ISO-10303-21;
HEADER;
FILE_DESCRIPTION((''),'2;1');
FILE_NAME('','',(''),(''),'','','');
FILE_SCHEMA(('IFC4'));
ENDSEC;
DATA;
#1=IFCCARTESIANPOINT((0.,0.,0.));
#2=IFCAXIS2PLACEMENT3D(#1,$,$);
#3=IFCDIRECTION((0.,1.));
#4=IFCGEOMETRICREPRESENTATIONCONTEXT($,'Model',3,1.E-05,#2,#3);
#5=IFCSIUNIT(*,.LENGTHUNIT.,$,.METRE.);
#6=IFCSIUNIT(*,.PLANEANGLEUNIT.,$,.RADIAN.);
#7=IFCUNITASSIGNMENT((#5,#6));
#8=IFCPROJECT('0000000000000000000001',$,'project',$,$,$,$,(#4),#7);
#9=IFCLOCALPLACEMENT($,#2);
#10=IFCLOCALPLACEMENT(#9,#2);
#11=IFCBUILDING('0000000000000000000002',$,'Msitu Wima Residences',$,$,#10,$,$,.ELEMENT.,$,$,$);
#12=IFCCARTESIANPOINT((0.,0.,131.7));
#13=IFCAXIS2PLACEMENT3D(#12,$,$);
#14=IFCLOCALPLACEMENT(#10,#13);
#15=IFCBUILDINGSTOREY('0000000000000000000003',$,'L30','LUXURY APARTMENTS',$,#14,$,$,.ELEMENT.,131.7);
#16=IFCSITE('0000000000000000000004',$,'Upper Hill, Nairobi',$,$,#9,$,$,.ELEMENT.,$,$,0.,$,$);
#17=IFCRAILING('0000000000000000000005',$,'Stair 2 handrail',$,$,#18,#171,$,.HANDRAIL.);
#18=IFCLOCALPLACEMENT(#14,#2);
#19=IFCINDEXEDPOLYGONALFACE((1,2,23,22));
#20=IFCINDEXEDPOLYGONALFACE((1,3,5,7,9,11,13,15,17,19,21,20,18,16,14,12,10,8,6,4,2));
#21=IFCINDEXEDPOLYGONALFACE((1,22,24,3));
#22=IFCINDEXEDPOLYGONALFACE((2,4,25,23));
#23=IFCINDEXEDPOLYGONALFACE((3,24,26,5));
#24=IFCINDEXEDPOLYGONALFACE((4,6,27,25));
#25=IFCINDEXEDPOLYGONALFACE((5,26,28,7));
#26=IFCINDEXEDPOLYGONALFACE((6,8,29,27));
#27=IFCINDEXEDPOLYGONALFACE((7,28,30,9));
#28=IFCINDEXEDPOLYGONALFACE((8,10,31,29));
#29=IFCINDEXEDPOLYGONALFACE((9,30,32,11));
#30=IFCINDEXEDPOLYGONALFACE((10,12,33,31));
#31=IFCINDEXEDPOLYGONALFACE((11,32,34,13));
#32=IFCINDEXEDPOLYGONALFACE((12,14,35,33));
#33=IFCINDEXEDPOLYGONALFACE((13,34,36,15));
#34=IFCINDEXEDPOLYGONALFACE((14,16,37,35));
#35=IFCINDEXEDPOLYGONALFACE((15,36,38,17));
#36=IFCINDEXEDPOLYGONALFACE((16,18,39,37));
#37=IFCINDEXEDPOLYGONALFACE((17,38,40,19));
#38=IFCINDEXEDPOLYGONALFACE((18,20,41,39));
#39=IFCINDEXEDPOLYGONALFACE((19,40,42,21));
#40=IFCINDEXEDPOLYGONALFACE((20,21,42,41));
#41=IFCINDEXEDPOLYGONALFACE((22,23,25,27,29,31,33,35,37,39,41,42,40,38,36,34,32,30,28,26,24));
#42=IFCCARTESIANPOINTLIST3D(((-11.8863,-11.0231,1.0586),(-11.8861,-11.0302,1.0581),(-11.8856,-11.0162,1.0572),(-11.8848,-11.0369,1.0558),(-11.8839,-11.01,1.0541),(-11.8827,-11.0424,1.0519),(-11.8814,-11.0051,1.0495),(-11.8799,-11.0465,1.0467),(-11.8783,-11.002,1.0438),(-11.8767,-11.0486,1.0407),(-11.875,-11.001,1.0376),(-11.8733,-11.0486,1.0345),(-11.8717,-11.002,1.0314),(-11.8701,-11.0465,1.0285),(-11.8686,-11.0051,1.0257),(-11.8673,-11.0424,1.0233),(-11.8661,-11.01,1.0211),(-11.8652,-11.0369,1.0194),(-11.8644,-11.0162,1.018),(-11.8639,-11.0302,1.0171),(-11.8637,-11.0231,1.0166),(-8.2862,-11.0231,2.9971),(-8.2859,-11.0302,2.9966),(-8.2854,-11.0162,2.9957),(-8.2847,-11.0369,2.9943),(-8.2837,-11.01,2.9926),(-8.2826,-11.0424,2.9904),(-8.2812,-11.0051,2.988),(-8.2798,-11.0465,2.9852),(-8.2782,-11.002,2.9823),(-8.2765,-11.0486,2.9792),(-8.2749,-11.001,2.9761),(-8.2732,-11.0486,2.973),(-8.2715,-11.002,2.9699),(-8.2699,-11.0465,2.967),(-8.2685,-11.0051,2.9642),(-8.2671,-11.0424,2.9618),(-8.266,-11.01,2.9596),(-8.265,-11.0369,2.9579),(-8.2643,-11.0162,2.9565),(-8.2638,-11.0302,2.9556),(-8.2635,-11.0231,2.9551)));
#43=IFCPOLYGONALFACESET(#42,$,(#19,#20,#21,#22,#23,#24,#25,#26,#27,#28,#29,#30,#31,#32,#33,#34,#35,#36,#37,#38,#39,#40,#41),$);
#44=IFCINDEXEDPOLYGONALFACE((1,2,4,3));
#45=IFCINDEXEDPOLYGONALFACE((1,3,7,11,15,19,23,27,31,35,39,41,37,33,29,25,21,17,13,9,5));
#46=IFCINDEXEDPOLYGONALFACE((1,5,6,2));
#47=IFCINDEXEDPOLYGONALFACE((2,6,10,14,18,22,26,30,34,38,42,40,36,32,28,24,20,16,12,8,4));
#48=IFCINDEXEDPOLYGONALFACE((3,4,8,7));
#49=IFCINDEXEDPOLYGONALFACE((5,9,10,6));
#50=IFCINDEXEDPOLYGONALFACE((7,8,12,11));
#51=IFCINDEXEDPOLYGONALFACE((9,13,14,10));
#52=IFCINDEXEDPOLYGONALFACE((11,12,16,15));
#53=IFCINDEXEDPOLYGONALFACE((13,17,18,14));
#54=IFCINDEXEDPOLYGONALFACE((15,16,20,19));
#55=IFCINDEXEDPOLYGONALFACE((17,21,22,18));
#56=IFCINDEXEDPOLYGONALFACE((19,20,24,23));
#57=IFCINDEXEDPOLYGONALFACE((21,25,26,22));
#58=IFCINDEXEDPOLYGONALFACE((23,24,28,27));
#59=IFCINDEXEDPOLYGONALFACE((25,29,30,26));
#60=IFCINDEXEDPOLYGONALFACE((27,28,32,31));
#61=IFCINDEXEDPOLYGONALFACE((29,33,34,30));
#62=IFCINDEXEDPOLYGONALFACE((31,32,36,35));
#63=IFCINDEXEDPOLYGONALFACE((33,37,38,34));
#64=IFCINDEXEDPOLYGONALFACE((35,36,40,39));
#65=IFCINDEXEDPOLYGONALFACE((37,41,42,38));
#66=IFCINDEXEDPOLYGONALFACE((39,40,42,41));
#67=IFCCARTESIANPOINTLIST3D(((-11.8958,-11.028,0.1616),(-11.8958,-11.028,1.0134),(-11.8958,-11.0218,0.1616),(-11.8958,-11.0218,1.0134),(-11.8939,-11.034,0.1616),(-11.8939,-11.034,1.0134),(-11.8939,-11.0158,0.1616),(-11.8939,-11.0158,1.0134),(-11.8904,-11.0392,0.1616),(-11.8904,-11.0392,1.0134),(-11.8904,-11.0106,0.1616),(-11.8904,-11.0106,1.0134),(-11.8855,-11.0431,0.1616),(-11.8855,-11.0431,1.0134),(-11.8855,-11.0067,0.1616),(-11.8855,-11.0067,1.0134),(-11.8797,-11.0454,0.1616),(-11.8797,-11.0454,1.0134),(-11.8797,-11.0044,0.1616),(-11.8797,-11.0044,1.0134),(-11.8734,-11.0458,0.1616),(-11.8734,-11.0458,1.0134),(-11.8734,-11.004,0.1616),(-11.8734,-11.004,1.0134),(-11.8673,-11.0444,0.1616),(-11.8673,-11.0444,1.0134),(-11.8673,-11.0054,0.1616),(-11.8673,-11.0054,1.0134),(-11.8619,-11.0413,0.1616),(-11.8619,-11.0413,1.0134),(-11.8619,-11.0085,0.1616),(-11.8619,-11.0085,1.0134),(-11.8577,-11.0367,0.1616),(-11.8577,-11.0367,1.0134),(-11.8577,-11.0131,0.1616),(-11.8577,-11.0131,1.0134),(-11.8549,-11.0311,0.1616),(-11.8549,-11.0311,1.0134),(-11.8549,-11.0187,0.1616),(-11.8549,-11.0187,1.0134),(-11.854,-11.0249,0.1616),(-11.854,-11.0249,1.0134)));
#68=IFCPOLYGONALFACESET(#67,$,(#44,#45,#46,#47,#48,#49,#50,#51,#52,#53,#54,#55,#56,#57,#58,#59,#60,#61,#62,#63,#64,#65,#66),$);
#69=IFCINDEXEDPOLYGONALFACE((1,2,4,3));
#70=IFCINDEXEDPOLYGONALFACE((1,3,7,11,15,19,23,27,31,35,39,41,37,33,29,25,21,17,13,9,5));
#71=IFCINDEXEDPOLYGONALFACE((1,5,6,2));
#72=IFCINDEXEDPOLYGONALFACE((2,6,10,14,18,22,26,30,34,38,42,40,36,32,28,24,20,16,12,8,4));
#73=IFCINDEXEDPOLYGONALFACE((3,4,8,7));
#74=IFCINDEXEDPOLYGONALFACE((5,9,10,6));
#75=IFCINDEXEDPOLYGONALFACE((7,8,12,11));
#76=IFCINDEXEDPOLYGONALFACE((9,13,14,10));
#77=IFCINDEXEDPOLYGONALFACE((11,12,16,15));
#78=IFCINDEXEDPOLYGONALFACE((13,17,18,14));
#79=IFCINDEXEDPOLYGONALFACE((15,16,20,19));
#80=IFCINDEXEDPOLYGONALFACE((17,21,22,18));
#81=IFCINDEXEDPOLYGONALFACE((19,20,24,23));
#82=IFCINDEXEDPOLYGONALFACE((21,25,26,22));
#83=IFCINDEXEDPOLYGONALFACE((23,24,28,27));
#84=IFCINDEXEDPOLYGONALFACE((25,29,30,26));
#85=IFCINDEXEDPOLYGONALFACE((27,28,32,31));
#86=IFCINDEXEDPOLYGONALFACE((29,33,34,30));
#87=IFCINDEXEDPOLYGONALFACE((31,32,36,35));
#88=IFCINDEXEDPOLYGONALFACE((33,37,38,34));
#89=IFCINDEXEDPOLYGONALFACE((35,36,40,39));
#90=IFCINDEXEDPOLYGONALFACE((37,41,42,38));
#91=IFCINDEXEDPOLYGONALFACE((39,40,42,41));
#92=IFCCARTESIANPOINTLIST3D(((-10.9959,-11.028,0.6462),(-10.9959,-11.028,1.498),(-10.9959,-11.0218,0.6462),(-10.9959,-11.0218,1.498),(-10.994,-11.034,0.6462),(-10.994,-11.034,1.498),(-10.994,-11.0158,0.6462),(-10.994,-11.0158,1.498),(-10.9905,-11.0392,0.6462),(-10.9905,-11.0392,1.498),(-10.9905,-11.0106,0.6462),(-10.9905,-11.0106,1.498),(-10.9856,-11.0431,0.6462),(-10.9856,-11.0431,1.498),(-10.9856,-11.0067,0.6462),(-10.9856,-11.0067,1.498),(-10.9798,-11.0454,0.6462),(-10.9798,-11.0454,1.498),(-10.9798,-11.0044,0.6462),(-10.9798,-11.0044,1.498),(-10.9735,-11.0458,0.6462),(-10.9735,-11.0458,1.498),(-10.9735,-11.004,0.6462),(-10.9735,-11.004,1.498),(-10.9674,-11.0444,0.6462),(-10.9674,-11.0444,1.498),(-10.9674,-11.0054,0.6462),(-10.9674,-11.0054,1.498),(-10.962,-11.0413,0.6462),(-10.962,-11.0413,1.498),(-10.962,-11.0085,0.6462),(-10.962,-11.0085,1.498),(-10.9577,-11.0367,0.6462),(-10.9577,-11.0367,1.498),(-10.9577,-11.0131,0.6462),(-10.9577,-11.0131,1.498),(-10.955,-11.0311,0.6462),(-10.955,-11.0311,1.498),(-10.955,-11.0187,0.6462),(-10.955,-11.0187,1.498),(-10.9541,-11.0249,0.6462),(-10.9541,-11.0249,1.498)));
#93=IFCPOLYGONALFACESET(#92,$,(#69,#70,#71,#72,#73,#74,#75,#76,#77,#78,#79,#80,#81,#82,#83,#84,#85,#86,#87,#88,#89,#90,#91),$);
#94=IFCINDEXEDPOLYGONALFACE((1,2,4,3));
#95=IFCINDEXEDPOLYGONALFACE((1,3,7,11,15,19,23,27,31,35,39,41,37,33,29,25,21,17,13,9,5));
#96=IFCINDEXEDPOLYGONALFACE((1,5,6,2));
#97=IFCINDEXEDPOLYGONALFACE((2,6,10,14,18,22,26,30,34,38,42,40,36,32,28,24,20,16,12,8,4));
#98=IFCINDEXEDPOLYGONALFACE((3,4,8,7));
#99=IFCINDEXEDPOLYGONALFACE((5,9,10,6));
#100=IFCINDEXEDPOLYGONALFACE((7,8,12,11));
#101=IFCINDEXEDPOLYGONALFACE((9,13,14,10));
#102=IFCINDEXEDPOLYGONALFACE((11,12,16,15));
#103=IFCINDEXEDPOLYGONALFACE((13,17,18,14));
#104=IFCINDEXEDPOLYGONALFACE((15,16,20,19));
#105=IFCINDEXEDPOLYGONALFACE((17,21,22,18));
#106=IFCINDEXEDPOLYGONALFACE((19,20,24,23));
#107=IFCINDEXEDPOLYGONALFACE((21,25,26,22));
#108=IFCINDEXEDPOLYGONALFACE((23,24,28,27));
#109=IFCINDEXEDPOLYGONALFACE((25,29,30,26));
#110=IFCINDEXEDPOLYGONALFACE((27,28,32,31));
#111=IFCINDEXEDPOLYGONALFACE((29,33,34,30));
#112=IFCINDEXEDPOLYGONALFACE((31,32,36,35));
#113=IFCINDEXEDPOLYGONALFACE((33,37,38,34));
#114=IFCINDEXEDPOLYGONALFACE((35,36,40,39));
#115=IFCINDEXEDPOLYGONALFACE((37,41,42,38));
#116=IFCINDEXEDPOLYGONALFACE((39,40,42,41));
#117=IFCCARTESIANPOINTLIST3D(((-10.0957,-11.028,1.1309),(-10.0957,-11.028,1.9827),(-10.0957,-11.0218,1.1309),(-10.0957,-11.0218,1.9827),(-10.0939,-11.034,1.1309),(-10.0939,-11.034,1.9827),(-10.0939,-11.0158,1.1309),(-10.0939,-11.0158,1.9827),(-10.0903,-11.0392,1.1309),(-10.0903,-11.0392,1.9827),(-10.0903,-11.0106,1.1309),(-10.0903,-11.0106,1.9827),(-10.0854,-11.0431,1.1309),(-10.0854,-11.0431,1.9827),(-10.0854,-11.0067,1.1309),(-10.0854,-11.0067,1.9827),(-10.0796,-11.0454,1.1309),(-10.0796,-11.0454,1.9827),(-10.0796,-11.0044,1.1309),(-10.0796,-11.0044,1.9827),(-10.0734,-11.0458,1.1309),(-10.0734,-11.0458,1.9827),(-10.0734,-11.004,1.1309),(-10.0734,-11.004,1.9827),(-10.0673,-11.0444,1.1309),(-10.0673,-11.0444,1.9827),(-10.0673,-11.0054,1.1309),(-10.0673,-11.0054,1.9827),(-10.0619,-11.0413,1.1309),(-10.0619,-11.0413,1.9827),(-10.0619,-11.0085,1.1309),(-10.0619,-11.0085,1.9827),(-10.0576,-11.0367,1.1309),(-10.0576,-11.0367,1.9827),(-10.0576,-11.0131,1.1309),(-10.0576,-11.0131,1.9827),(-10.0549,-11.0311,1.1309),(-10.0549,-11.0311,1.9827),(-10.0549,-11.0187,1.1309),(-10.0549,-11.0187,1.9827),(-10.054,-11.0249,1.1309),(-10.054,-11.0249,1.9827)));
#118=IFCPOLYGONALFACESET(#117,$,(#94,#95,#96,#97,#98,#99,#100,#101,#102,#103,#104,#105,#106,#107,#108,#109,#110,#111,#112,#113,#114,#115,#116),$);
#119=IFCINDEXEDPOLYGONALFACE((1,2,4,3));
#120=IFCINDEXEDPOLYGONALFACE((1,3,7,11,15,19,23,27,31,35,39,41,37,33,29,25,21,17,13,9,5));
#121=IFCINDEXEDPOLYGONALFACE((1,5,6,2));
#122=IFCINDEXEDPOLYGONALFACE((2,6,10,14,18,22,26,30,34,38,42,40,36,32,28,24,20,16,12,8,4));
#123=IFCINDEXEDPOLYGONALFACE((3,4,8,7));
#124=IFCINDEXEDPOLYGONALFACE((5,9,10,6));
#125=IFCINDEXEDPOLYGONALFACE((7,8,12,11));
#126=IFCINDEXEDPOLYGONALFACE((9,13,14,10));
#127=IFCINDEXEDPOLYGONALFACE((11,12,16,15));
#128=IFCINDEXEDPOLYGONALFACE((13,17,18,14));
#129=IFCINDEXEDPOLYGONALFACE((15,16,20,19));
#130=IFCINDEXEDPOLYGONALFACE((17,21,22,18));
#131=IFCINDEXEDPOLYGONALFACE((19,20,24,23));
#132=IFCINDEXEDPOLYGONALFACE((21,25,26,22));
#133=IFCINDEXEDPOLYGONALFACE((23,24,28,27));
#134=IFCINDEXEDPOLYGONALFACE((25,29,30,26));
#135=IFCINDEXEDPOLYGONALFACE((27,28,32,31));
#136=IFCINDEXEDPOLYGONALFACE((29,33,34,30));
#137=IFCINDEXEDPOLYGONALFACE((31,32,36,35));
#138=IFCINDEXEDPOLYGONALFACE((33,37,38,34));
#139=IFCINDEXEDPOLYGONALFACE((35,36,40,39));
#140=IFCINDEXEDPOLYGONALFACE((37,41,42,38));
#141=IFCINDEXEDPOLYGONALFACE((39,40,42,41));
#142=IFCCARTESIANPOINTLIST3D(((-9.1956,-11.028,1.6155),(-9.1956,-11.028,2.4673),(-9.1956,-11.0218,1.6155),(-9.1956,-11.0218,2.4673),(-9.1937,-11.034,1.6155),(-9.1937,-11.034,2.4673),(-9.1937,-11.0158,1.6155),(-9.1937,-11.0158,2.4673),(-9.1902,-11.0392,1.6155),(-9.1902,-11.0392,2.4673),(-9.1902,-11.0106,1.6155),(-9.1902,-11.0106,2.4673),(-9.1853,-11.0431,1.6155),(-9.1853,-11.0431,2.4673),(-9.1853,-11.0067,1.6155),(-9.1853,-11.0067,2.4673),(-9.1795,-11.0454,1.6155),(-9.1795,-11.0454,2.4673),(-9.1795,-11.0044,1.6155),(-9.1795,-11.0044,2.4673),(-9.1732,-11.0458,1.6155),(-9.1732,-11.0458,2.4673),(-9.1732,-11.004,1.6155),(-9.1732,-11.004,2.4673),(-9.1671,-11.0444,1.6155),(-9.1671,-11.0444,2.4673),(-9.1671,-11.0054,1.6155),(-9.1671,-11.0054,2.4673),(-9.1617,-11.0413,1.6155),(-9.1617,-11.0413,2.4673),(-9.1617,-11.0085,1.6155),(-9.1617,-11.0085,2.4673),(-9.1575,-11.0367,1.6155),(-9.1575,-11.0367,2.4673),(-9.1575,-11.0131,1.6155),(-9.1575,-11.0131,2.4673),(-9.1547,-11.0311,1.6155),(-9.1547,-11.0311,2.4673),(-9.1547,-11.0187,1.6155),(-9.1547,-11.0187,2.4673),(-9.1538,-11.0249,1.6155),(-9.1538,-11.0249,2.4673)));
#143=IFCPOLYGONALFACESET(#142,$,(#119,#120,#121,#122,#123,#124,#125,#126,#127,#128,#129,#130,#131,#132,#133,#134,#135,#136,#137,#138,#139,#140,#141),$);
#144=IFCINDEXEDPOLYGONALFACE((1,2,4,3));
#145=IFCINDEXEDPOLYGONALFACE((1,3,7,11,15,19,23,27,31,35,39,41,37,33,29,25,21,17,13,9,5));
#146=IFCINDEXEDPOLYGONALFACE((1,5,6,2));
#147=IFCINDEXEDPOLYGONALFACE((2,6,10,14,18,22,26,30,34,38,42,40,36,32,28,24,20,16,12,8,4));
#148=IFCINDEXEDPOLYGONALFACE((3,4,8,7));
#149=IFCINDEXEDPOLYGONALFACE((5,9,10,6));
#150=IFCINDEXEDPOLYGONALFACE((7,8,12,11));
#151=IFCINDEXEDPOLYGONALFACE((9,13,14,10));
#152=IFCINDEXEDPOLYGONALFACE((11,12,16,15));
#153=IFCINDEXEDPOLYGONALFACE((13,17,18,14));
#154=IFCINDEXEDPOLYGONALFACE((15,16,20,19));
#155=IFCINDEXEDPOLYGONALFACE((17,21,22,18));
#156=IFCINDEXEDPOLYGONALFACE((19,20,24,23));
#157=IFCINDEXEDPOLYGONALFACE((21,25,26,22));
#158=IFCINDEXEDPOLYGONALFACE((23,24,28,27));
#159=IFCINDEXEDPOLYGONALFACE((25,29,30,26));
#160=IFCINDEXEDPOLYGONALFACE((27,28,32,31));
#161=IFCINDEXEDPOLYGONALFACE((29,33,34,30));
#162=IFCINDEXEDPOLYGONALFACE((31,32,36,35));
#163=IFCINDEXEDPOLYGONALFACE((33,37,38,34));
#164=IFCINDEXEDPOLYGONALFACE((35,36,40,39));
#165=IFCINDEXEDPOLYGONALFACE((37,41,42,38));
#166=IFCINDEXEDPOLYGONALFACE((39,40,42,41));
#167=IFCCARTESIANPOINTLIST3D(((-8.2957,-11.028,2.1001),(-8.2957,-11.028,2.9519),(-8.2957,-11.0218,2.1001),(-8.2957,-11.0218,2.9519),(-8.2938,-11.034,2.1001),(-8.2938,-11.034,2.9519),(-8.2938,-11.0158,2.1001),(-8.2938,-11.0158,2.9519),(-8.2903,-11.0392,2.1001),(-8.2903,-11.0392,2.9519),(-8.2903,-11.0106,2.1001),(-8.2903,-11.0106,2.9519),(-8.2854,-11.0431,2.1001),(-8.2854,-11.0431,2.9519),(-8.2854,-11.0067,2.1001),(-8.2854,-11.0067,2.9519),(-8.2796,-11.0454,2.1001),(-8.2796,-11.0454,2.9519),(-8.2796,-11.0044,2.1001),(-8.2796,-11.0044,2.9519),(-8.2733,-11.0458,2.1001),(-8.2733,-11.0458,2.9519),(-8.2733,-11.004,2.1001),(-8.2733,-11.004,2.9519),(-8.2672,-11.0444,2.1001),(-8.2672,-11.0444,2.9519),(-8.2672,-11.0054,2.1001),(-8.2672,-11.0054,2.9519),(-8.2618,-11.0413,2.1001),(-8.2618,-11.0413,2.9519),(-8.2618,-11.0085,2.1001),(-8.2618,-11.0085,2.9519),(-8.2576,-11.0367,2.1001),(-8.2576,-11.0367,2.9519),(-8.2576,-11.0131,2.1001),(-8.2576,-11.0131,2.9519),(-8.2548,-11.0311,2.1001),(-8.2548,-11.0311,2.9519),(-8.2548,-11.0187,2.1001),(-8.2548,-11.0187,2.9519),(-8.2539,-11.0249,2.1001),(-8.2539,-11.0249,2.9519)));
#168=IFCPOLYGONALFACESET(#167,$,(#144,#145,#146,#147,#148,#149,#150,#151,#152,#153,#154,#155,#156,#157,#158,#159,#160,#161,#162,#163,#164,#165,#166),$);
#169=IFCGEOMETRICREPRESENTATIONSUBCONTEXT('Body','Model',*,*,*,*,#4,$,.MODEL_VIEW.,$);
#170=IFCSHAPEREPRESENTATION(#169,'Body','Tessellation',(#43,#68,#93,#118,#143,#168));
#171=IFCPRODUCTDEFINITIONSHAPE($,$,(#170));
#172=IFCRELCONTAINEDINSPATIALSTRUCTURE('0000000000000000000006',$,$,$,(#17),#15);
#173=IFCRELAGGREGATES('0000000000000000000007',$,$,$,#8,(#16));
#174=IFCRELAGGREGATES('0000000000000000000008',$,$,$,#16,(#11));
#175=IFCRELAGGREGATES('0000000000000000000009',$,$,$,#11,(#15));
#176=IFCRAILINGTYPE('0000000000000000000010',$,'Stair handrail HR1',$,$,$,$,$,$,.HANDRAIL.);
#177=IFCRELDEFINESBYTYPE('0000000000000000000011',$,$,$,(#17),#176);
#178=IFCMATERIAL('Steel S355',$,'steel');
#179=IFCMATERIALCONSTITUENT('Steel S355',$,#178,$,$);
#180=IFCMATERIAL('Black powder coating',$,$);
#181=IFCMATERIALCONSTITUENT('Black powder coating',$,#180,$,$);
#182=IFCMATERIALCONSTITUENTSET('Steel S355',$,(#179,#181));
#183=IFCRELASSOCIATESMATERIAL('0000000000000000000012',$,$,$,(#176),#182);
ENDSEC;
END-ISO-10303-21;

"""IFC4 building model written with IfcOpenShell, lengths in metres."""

from ifc_helpers import new_model, si_unit, direction, frame, origin, origin_2d, place, context, subcontext, project, spatial, circle, extrude, material, constituent, constituent_set, type_object, element, save


model = new_model("IFC4")

# Units and contexts
model_context = context("Model", 3, precision=1e-05, world=origin(), true_north=direction((0.0, 1.0)))
body_context = subcontext(model_context, "Body", "Model", "MODEL_VIEW")
ifc_project = project(units=[si_unit("LENGTHUNIT", "METRE"), si_unit("PLANEANGLEUNIT", "RADIAN")], contexts=[model_context])

# Site, building, storey
site_placement = place(None, origin())
site = spatial("IfcSite", under=ifc_project, at=site_placement, Name="Upper Hill, Nairobi", CompositionType="ELEMENT", RefElevation=0.0)
building_placement = place(site_placement, origin())
building = spatial("IfcBuilding", under=site, at=building_placement, Name="Msitu Wima Residences", CompositionType="ELEMENT")
storey_placement = place(building_placement, frame((0.0, 0.0, 131.7)))
storey = spatial("IfcBuildingStorey", under=building, at=storey_placement, Name="L30", Description="LUXURY APARTMENTS", CompositionType="ELEMENT", Elevation=131.7)

# Railing
ifc_material_1 = material(Name="Steel S355", Category="steel")
ifc_constituent_1 = constituent(ifc_material_1, Name="Steel S355")
ifc_material_2 = material(Name="Black powder coating")
ifc_constituent_2 = constituent(ifc_material_2, Name="Black powder coating")
ifc_constituent_set = constituent_set(constituents=[ifc_constituent_1, ifc_constituent_2], Name="Steel S355")
railing_type = type_object("IfcRailingType", Name="Stair handrail HR1", PredefinedType="HANDRAIL", material=ifc_constituent_set)
for number, where, name in (
    (1, (-11.875, -11.0249, 0.1616), "Stair 2 handrail"),
):
    element("IfcRailing", number, at=place(storey_placement, frame(where)), inside=storey, type_object=railing_type, Name=name, PredefinedType="HANDRAIL", context=body_context, shape_type="SweptSolid", body=[
        extrude(circle(Radius=0.0239, at=origin_2d()), frame((0.0, 0.0, 0.876), z_axis=(0.880475, 0.0, 0.474093), x_axis=(0.0, 1.0, 0.0)), (0.0, 0.0, 1.0), 4.0889),
        extrude(circle(Radius=0.021, at=origin_2d()), origin(), (0.0, 0.0, 1.0), 0.8518),
        extrude(circle(Radius=0.021, at=origin_2d()), frame((0.8999, 0.0, 0.4846)), (0.0, 0.0, 1.0), 0.8518),
        extrude(circle(Radius=0.021, at=origin_2d()), frame((1.8, 0.0, 0.9692)), (0.0, 0.0, 1.0), 0.8518),
        extrude(circle(Radius=0.021, at=origin_2d()), frame((2.7002, 0.0, 1.4539)), (0.0, 0.0, 1.0), 0.8518),
        extrude(circle(Radius=0.021, at=origin_2d()), frame((3.6001, 0.0, 1.9385)), (0.0, 0.0, 1.0), 0.8518),
    ])

save(model, "model.ifc")
